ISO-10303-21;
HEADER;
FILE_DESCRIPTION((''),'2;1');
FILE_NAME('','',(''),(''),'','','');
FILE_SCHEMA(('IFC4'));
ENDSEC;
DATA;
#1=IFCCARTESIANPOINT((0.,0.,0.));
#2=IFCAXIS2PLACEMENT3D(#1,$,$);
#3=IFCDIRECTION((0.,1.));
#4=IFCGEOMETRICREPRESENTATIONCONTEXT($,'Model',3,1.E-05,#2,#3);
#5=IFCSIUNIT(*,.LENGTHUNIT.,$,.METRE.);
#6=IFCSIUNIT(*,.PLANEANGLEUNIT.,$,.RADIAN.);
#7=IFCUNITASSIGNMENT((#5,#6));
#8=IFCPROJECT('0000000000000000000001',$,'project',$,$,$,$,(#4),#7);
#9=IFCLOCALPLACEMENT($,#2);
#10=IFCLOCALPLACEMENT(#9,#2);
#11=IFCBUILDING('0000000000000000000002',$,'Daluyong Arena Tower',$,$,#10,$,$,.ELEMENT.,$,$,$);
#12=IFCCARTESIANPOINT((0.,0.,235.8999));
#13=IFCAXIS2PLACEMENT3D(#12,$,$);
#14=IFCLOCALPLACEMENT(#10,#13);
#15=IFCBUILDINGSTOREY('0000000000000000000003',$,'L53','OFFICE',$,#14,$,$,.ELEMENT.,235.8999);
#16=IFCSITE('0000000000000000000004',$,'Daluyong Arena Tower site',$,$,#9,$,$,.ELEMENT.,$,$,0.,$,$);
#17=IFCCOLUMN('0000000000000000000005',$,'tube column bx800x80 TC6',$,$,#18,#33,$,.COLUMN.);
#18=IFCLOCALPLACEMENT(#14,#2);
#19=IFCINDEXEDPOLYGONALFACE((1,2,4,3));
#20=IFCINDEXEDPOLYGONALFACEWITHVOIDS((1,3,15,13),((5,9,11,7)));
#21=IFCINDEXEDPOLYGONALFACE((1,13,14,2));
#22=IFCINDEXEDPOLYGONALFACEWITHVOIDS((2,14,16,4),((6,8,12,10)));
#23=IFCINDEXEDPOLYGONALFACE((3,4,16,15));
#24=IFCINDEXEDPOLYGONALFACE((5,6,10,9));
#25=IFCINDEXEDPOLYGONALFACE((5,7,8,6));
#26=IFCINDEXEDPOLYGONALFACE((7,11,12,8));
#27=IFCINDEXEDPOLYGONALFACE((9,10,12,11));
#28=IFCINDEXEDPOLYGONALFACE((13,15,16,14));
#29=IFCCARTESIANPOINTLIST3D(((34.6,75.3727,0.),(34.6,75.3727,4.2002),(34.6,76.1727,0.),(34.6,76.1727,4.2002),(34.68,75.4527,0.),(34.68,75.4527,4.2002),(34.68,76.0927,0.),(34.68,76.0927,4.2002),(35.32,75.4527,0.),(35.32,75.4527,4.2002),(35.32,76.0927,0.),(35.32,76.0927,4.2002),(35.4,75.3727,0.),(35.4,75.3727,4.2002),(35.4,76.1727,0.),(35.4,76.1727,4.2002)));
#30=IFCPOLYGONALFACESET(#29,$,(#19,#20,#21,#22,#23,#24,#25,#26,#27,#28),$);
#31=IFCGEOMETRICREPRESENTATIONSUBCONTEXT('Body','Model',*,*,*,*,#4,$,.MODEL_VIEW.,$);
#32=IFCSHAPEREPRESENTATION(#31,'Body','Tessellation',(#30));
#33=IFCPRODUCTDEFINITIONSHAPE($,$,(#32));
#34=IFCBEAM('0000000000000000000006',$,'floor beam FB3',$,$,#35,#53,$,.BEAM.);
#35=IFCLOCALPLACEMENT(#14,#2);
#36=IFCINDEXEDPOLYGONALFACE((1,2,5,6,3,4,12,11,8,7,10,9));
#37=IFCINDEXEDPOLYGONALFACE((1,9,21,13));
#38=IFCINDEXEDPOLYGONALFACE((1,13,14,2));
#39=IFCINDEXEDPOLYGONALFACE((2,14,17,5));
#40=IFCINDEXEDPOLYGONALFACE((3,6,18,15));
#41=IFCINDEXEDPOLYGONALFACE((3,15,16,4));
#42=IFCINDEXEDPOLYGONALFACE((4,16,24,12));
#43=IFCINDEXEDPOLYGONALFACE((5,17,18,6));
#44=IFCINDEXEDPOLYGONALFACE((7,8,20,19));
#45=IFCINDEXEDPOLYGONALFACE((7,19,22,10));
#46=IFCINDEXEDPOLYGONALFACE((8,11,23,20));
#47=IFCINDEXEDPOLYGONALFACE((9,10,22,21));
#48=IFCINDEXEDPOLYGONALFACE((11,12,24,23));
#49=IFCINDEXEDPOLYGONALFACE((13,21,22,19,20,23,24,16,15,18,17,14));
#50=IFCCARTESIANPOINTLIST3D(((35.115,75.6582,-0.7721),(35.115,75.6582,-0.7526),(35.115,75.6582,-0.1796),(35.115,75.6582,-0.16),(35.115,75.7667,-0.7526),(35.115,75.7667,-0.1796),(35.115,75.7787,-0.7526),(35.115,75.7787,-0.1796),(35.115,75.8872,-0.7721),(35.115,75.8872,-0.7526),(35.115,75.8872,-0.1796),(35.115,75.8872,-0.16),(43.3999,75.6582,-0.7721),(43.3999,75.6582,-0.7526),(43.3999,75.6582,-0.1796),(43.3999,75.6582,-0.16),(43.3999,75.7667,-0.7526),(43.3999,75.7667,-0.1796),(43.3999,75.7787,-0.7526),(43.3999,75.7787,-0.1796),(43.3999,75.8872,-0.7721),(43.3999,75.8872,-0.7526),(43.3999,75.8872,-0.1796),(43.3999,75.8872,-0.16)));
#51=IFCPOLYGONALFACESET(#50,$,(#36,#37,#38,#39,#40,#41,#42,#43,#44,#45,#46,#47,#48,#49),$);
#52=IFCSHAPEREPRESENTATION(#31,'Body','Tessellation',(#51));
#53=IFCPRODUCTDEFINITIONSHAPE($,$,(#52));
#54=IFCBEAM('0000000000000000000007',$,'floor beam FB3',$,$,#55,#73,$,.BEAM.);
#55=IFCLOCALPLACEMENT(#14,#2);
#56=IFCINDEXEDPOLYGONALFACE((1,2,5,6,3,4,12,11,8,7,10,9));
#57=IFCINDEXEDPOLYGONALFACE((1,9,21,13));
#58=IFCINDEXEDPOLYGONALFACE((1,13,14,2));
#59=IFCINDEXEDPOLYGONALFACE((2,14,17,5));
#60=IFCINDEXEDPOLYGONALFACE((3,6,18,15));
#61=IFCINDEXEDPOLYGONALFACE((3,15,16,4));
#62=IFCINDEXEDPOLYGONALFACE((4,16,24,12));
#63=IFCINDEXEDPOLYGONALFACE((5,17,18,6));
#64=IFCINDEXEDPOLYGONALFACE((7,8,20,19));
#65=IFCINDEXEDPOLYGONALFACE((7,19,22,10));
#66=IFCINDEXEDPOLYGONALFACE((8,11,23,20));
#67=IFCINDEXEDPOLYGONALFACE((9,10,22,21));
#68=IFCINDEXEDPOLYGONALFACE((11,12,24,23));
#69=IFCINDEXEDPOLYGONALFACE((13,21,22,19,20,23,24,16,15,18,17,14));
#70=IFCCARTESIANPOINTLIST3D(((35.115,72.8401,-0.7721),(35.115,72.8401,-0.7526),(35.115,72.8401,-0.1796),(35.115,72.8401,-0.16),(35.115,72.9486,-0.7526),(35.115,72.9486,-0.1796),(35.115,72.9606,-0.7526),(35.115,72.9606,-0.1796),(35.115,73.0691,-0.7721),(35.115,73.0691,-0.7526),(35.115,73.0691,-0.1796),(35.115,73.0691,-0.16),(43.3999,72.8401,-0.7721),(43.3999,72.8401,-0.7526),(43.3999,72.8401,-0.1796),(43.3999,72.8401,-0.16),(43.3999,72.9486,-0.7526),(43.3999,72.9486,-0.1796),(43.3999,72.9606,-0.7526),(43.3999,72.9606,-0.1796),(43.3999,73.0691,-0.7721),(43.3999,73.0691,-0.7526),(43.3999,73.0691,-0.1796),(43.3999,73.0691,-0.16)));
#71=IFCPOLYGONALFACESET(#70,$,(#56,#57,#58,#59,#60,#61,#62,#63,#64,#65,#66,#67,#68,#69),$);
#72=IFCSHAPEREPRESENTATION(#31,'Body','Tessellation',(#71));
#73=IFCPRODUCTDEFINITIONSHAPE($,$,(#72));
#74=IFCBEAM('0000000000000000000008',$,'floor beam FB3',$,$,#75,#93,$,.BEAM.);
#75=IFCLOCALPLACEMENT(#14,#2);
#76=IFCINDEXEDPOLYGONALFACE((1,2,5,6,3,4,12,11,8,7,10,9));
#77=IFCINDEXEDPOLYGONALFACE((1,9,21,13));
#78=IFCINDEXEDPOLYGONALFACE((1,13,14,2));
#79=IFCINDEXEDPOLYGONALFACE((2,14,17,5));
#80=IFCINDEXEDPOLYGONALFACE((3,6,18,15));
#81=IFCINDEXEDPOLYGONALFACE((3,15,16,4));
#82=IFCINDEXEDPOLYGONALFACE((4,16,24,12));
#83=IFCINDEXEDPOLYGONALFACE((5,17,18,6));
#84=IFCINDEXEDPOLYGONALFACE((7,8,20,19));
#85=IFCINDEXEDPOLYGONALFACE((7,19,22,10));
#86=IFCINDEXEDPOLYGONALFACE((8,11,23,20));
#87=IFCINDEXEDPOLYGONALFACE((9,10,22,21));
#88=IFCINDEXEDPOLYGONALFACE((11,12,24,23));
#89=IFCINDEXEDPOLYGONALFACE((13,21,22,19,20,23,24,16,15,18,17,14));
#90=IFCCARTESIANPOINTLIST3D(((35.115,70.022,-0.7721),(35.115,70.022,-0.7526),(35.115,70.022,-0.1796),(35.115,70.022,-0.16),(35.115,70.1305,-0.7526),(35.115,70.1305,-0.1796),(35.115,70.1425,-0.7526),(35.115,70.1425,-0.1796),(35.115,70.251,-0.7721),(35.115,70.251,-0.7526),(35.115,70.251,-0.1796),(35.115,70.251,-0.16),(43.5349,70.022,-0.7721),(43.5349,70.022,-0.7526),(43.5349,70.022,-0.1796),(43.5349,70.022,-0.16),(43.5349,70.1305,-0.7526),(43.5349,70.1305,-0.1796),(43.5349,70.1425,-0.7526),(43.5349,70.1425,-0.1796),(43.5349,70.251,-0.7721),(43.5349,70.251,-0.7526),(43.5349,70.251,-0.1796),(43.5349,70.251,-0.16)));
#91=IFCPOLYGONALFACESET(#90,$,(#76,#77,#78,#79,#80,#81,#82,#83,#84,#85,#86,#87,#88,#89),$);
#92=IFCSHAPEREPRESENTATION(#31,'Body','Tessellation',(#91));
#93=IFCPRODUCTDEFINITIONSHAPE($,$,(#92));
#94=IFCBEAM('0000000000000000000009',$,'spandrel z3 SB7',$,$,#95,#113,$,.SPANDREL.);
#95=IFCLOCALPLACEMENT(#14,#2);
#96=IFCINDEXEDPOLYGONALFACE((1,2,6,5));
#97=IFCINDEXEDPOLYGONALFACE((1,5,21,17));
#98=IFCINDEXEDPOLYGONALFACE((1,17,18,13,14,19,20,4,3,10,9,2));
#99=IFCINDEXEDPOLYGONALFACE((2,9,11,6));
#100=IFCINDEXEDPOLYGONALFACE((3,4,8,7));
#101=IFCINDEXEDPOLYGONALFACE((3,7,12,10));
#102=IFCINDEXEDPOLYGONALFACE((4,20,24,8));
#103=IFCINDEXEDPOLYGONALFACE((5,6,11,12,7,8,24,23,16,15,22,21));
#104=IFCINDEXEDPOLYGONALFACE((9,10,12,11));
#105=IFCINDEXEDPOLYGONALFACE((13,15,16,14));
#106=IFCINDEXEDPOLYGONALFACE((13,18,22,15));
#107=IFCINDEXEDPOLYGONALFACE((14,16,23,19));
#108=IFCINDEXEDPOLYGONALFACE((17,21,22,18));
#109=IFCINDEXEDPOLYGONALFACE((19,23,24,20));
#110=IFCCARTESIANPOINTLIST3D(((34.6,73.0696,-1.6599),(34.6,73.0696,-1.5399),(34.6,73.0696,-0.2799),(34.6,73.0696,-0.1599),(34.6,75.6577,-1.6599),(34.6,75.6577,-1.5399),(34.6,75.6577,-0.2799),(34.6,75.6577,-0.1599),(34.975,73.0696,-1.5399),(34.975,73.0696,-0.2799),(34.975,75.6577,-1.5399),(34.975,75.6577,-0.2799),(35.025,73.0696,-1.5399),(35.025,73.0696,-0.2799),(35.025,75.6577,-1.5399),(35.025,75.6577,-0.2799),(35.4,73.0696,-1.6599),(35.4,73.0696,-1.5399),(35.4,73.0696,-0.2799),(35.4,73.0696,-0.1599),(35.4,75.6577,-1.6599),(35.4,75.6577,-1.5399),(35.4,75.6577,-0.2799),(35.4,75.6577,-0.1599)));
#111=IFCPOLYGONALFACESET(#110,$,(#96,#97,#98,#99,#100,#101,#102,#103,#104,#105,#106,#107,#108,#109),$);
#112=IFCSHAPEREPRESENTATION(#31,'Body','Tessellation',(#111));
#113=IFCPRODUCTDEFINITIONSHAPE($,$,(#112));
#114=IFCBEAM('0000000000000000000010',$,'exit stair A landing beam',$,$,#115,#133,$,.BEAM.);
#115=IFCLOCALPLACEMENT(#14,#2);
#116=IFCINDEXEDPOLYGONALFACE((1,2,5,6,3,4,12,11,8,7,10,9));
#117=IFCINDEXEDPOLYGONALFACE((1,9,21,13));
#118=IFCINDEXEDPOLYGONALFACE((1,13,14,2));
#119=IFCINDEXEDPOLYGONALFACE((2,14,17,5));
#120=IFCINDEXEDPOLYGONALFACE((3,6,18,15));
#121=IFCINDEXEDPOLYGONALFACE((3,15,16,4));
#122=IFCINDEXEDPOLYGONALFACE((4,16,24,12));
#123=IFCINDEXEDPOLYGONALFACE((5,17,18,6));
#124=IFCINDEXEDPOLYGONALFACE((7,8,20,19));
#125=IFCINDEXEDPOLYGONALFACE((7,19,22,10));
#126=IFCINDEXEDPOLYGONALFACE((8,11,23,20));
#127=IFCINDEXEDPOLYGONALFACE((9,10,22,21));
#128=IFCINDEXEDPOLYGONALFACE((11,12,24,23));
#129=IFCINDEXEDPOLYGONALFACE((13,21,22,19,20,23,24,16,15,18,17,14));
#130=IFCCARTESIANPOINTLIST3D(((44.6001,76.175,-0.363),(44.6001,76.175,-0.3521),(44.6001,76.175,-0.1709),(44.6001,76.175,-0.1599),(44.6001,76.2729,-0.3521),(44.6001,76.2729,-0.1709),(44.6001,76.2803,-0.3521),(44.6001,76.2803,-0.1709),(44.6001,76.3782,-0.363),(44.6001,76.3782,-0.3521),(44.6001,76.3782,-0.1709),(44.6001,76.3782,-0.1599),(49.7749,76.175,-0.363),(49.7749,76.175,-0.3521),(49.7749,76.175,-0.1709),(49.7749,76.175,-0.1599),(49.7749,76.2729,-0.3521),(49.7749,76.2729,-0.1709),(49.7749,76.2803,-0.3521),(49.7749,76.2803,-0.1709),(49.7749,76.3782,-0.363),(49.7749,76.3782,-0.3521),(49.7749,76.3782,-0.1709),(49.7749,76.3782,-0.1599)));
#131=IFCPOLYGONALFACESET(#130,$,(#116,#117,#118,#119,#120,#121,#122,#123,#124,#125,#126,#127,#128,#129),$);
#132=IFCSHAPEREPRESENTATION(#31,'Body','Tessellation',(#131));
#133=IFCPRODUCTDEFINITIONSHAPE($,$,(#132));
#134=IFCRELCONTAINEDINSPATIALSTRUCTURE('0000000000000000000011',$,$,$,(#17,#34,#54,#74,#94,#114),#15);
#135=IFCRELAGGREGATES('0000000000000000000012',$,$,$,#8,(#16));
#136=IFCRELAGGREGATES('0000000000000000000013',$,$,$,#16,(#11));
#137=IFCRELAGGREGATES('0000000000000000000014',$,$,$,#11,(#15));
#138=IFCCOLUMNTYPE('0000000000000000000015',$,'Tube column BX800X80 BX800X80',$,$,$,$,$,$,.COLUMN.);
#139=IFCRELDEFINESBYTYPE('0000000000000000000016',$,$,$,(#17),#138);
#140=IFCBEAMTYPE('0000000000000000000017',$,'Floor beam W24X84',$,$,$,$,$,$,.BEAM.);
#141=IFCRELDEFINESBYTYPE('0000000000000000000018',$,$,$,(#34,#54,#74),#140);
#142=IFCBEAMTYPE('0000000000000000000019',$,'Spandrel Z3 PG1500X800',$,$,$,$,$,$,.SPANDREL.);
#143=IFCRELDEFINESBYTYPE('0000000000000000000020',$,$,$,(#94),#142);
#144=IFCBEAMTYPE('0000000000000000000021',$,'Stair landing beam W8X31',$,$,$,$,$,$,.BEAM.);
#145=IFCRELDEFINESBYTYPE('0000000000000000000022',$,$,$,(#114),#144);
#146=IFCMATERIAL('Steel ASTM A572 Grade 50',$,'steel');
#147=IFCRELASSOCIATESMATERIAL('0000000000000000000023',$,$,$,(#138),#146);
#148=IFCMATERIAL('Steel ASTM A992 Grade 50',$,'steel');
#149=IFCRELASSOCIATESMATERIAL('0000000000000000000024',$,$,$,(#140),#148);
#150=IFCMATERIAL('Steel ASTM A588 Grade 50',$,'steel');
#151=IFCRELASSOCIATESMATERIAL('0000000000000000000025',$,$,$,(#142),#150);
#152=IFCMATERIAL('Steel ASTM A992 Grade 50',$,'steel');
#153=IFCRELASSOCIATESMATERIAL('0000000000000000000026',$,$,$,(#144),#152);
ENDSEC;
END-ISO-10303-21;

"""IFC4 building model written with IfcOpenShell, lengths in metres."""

from ifc_helpers import new_model, si_unit, direction, frame, origin, origin_2d, place, context, subcontext, project, spatial, hollow_rectangle, i_section, extrude, material, material_profile, profile_set, type_object, element, save


model = new_model("IFC4")

# Units and contexts
model_context = context("Model", 3, precision=1e-05, world=origin(), true_north=direction((0.0, 1.0)))
body_context = subcontext(model_context, "Body", "Model", "MODEL_VIEW")
ifc_project = project(units=[si_unit("LENGTHUNIT", "METRE"), si_unit("PLANEANGLEUNIT", "RADIAN")], contexts=[model_context])

# Site, building, storey
site_placement = place(None, origin())
site = spatial("IfcSite", under=ifc_project, at=site_placement, Name="Daluyong Arena Tower site", CompositionType="ELEMENT", RefElevation=0.0)
building_placement = place(site_placement, origin())
building = spatial("IfcBuilding", under=site, at=building_placement, Name="Daluyong Arena Tower", CompositionType="ELEMENT")
storey_placement = place(building_placement, frame((0.0, 0.0, 235.8999)))
storey = spatial("IfcBuildingStorey", under=building, at=storey_placement, Name="L53", Description="OFFICE", CompositionType="ELEMENT", Elevation=235.8999)

# Column
ifc_material_1 = material(Name="Steel ASTM A572 Grade 50", Category="steel")
ifc_material_profile_1 = material_profile(ifc_material_1, hollow_rectangle(XDim=0.8, YDim=0.8, WallThickness=0.08, at=origin_2d()))
ifc_profile_set_1 = profile_set([ifc_material_profile_1], Name="Steel ASTM A572 Grade 50")
column_type = type_object("IfcColumnType", Name="Tube column BX800X80 BX800X80", PredefinedType="COLUMN", material=ifc_profile_set_1)
column_placement = place(storey_placement, frame((35.0, 75.7727, 0.0), z_axis=(0.0, 0.0, 1.0), x_axis=(0.0, 1.0, 0.0)))
element("IfcColumn", 1, at=column_placement, inside=storey, type_object=column_type, Name="tube column bx800x80 TC6", PredefinedType="COLUMN", context=body_context, shape_type="SweptSolid", body=[
    extrude(hollow_rectangle(XDim=0.8, YDim=0.8, WallThickness=0.08, at=origin_2d()), origin(), (0.0, 0.0, 1.0), 4.2002),
])

# Beams
ifc_material_2 = material(Name="Steel ASTM A992 Grade 50", Category="steel")
ifc_material_profile_2 = material_profile(ifc_material_2, i_section(OverallWidth=0.229, OverallDepth=0.6121, WebThickness=0.012, FlangeThickness=0.0195, at=origin_2d()))
ifc_profile_set_2 = profile_set([ifc_material_profile_2], Name="Steel ASTM A992 Grade 50")
beam_type_1 = type_object("IfcBeamType", Name="Floor beam W24X84", PredefinedType="BEAM", material=ifc_profile_set_2)
for number, where, z_axis, x_axis, name in (
    (2, (35.115, 75.7727, -0.4661), (1.0, 0.0, 0.0), (0.0, 1.0, 0.0), "floor beam FB3"),
    (3, (35.115, 72.9546, -0.4661), (1.0, 0.0, 0.0), (0.0, 1.0, 0.0), "floor beam FB3"),
):
    element("IfcBeam", number, at=place(storey_placement, frame(where, z_axis=z_axis, x_axis=x_axis)), inside=storey, type_object=beam_type_1, Name=name, PredefinedType="BEAM", context=body_context, shape_type="SweptSolid", body=[
        extrude(i_section(OverallWidth=0.229, OverallDepth=0.6121, WebThickness=0.012, FlangeThickness=0.0195, at=origin_2d()), origin(), (0.0, 0.0, 1.0), 8.2849),
    ])
beam_1_placement = place(storey_placement, frame((35.115, 70.1365, -0.4661), z_axis=(1.0, 0.0, 0.0), x_axis=(0.0, 1.0, 0.0)))
element("IfcBeam", 4, at=beam_1_placement, inside=storey, type_object=beam_type_1, Name="floor beam FB3", PredefinedType="BEAM", context=body_context, shape_type="SweptSolid", body=[
    extrude(i_section(OverallWidth=0.229, OverallDepth=0.6121, WebThickness=0.012, FlangeThickness=0.0195, at=origin_2d()), origin(), (0.0, 0.0, 1.0), 8.4199),
])
ifc_material_3 = material(Name="Steel ASTM A588 Grade 50", Category="steel")
ifc_material_profile_3 = material_profile(ifc_material_3, i_section(OverallWidth=0.8, OverallDepth=1.5, WebThickness=0.05, FlangeThickness=0.12, at=origin_2d()))
ifc_profile_set_3 = profile_set([ifc_material_profile_3], Name="Steel ASTM A588 Grade 50")
beam_type_2 = type_object("IfcBeamType", Name="Spandrel Z3 PG1500X800", PredefinedType="SPANDREL", material=ifc_profile_set_3)
beam_2_placement = place(storey_placement, frame((35.0, 75.6577, -0.9099), z_axis=(0.0, -1.0, 0.0), x_axis=(1.0, 0.0, 0.0)))
element("IfcBeam", 5, at=beam_2_placement, inside=storey, type_object=beam_type_2, Name="spandrel z3 SB7", PredefinedType="SPANDREL", context=body_context, shape_type="SweptSolid", body=[
    extrude(i_section(OverallWidth=0.8, OverallDepth=1.5, WebThickness=0.05, FlangeThickness=0.12, at=origin_2d()), origin(), (0.0, 0.0, 1.0), 2.5881),
])
ifc_material_4 = material(Name="Steel ASTM A992 Grade 50", Category="steel")
ifc_material_profile_4 = material_profile(ifc_material_4, i_section(OverallWidth=0.2031, OverallDepth=0.2031, WebThickness=0.0073, FlangeThickness=0.011, at=origin_2d()))
ifc_profile_set_4 = profile_set([ifc_material_profile_4], Name="Steel ASTM A992 Grade 50")
beam_type_3 = type_object("IfcBeamType", Name="Stair landing beam W8X31", PredefinedType="BEAM", material=ifc_profile_set_4)
beam_3_placement = place(storey_placement, frame((44.6001, 76.2766, -0.2615), z_axis=(1.0, 0.0, 0.0), x_axis=(0.0, 1.0, 0.0)))
element("IfcBeam", 6, at=beam_3_placement, inside=storey, type_object=beam_type_3, Name="exit stair A landing beam", PredefinedType="BEAM", context=body_context, shape_type="SweptSolid", body=[
    extrude(i_section(OverallWidth=0.2031, OverallDepth=0.2031, WebThickness=0.0073, FlangeThickness=0.011, at=origin_2d()), origin(), (0.0, 0.0, 1.0), 5.1748),
])

save(model, "model.ifc")
